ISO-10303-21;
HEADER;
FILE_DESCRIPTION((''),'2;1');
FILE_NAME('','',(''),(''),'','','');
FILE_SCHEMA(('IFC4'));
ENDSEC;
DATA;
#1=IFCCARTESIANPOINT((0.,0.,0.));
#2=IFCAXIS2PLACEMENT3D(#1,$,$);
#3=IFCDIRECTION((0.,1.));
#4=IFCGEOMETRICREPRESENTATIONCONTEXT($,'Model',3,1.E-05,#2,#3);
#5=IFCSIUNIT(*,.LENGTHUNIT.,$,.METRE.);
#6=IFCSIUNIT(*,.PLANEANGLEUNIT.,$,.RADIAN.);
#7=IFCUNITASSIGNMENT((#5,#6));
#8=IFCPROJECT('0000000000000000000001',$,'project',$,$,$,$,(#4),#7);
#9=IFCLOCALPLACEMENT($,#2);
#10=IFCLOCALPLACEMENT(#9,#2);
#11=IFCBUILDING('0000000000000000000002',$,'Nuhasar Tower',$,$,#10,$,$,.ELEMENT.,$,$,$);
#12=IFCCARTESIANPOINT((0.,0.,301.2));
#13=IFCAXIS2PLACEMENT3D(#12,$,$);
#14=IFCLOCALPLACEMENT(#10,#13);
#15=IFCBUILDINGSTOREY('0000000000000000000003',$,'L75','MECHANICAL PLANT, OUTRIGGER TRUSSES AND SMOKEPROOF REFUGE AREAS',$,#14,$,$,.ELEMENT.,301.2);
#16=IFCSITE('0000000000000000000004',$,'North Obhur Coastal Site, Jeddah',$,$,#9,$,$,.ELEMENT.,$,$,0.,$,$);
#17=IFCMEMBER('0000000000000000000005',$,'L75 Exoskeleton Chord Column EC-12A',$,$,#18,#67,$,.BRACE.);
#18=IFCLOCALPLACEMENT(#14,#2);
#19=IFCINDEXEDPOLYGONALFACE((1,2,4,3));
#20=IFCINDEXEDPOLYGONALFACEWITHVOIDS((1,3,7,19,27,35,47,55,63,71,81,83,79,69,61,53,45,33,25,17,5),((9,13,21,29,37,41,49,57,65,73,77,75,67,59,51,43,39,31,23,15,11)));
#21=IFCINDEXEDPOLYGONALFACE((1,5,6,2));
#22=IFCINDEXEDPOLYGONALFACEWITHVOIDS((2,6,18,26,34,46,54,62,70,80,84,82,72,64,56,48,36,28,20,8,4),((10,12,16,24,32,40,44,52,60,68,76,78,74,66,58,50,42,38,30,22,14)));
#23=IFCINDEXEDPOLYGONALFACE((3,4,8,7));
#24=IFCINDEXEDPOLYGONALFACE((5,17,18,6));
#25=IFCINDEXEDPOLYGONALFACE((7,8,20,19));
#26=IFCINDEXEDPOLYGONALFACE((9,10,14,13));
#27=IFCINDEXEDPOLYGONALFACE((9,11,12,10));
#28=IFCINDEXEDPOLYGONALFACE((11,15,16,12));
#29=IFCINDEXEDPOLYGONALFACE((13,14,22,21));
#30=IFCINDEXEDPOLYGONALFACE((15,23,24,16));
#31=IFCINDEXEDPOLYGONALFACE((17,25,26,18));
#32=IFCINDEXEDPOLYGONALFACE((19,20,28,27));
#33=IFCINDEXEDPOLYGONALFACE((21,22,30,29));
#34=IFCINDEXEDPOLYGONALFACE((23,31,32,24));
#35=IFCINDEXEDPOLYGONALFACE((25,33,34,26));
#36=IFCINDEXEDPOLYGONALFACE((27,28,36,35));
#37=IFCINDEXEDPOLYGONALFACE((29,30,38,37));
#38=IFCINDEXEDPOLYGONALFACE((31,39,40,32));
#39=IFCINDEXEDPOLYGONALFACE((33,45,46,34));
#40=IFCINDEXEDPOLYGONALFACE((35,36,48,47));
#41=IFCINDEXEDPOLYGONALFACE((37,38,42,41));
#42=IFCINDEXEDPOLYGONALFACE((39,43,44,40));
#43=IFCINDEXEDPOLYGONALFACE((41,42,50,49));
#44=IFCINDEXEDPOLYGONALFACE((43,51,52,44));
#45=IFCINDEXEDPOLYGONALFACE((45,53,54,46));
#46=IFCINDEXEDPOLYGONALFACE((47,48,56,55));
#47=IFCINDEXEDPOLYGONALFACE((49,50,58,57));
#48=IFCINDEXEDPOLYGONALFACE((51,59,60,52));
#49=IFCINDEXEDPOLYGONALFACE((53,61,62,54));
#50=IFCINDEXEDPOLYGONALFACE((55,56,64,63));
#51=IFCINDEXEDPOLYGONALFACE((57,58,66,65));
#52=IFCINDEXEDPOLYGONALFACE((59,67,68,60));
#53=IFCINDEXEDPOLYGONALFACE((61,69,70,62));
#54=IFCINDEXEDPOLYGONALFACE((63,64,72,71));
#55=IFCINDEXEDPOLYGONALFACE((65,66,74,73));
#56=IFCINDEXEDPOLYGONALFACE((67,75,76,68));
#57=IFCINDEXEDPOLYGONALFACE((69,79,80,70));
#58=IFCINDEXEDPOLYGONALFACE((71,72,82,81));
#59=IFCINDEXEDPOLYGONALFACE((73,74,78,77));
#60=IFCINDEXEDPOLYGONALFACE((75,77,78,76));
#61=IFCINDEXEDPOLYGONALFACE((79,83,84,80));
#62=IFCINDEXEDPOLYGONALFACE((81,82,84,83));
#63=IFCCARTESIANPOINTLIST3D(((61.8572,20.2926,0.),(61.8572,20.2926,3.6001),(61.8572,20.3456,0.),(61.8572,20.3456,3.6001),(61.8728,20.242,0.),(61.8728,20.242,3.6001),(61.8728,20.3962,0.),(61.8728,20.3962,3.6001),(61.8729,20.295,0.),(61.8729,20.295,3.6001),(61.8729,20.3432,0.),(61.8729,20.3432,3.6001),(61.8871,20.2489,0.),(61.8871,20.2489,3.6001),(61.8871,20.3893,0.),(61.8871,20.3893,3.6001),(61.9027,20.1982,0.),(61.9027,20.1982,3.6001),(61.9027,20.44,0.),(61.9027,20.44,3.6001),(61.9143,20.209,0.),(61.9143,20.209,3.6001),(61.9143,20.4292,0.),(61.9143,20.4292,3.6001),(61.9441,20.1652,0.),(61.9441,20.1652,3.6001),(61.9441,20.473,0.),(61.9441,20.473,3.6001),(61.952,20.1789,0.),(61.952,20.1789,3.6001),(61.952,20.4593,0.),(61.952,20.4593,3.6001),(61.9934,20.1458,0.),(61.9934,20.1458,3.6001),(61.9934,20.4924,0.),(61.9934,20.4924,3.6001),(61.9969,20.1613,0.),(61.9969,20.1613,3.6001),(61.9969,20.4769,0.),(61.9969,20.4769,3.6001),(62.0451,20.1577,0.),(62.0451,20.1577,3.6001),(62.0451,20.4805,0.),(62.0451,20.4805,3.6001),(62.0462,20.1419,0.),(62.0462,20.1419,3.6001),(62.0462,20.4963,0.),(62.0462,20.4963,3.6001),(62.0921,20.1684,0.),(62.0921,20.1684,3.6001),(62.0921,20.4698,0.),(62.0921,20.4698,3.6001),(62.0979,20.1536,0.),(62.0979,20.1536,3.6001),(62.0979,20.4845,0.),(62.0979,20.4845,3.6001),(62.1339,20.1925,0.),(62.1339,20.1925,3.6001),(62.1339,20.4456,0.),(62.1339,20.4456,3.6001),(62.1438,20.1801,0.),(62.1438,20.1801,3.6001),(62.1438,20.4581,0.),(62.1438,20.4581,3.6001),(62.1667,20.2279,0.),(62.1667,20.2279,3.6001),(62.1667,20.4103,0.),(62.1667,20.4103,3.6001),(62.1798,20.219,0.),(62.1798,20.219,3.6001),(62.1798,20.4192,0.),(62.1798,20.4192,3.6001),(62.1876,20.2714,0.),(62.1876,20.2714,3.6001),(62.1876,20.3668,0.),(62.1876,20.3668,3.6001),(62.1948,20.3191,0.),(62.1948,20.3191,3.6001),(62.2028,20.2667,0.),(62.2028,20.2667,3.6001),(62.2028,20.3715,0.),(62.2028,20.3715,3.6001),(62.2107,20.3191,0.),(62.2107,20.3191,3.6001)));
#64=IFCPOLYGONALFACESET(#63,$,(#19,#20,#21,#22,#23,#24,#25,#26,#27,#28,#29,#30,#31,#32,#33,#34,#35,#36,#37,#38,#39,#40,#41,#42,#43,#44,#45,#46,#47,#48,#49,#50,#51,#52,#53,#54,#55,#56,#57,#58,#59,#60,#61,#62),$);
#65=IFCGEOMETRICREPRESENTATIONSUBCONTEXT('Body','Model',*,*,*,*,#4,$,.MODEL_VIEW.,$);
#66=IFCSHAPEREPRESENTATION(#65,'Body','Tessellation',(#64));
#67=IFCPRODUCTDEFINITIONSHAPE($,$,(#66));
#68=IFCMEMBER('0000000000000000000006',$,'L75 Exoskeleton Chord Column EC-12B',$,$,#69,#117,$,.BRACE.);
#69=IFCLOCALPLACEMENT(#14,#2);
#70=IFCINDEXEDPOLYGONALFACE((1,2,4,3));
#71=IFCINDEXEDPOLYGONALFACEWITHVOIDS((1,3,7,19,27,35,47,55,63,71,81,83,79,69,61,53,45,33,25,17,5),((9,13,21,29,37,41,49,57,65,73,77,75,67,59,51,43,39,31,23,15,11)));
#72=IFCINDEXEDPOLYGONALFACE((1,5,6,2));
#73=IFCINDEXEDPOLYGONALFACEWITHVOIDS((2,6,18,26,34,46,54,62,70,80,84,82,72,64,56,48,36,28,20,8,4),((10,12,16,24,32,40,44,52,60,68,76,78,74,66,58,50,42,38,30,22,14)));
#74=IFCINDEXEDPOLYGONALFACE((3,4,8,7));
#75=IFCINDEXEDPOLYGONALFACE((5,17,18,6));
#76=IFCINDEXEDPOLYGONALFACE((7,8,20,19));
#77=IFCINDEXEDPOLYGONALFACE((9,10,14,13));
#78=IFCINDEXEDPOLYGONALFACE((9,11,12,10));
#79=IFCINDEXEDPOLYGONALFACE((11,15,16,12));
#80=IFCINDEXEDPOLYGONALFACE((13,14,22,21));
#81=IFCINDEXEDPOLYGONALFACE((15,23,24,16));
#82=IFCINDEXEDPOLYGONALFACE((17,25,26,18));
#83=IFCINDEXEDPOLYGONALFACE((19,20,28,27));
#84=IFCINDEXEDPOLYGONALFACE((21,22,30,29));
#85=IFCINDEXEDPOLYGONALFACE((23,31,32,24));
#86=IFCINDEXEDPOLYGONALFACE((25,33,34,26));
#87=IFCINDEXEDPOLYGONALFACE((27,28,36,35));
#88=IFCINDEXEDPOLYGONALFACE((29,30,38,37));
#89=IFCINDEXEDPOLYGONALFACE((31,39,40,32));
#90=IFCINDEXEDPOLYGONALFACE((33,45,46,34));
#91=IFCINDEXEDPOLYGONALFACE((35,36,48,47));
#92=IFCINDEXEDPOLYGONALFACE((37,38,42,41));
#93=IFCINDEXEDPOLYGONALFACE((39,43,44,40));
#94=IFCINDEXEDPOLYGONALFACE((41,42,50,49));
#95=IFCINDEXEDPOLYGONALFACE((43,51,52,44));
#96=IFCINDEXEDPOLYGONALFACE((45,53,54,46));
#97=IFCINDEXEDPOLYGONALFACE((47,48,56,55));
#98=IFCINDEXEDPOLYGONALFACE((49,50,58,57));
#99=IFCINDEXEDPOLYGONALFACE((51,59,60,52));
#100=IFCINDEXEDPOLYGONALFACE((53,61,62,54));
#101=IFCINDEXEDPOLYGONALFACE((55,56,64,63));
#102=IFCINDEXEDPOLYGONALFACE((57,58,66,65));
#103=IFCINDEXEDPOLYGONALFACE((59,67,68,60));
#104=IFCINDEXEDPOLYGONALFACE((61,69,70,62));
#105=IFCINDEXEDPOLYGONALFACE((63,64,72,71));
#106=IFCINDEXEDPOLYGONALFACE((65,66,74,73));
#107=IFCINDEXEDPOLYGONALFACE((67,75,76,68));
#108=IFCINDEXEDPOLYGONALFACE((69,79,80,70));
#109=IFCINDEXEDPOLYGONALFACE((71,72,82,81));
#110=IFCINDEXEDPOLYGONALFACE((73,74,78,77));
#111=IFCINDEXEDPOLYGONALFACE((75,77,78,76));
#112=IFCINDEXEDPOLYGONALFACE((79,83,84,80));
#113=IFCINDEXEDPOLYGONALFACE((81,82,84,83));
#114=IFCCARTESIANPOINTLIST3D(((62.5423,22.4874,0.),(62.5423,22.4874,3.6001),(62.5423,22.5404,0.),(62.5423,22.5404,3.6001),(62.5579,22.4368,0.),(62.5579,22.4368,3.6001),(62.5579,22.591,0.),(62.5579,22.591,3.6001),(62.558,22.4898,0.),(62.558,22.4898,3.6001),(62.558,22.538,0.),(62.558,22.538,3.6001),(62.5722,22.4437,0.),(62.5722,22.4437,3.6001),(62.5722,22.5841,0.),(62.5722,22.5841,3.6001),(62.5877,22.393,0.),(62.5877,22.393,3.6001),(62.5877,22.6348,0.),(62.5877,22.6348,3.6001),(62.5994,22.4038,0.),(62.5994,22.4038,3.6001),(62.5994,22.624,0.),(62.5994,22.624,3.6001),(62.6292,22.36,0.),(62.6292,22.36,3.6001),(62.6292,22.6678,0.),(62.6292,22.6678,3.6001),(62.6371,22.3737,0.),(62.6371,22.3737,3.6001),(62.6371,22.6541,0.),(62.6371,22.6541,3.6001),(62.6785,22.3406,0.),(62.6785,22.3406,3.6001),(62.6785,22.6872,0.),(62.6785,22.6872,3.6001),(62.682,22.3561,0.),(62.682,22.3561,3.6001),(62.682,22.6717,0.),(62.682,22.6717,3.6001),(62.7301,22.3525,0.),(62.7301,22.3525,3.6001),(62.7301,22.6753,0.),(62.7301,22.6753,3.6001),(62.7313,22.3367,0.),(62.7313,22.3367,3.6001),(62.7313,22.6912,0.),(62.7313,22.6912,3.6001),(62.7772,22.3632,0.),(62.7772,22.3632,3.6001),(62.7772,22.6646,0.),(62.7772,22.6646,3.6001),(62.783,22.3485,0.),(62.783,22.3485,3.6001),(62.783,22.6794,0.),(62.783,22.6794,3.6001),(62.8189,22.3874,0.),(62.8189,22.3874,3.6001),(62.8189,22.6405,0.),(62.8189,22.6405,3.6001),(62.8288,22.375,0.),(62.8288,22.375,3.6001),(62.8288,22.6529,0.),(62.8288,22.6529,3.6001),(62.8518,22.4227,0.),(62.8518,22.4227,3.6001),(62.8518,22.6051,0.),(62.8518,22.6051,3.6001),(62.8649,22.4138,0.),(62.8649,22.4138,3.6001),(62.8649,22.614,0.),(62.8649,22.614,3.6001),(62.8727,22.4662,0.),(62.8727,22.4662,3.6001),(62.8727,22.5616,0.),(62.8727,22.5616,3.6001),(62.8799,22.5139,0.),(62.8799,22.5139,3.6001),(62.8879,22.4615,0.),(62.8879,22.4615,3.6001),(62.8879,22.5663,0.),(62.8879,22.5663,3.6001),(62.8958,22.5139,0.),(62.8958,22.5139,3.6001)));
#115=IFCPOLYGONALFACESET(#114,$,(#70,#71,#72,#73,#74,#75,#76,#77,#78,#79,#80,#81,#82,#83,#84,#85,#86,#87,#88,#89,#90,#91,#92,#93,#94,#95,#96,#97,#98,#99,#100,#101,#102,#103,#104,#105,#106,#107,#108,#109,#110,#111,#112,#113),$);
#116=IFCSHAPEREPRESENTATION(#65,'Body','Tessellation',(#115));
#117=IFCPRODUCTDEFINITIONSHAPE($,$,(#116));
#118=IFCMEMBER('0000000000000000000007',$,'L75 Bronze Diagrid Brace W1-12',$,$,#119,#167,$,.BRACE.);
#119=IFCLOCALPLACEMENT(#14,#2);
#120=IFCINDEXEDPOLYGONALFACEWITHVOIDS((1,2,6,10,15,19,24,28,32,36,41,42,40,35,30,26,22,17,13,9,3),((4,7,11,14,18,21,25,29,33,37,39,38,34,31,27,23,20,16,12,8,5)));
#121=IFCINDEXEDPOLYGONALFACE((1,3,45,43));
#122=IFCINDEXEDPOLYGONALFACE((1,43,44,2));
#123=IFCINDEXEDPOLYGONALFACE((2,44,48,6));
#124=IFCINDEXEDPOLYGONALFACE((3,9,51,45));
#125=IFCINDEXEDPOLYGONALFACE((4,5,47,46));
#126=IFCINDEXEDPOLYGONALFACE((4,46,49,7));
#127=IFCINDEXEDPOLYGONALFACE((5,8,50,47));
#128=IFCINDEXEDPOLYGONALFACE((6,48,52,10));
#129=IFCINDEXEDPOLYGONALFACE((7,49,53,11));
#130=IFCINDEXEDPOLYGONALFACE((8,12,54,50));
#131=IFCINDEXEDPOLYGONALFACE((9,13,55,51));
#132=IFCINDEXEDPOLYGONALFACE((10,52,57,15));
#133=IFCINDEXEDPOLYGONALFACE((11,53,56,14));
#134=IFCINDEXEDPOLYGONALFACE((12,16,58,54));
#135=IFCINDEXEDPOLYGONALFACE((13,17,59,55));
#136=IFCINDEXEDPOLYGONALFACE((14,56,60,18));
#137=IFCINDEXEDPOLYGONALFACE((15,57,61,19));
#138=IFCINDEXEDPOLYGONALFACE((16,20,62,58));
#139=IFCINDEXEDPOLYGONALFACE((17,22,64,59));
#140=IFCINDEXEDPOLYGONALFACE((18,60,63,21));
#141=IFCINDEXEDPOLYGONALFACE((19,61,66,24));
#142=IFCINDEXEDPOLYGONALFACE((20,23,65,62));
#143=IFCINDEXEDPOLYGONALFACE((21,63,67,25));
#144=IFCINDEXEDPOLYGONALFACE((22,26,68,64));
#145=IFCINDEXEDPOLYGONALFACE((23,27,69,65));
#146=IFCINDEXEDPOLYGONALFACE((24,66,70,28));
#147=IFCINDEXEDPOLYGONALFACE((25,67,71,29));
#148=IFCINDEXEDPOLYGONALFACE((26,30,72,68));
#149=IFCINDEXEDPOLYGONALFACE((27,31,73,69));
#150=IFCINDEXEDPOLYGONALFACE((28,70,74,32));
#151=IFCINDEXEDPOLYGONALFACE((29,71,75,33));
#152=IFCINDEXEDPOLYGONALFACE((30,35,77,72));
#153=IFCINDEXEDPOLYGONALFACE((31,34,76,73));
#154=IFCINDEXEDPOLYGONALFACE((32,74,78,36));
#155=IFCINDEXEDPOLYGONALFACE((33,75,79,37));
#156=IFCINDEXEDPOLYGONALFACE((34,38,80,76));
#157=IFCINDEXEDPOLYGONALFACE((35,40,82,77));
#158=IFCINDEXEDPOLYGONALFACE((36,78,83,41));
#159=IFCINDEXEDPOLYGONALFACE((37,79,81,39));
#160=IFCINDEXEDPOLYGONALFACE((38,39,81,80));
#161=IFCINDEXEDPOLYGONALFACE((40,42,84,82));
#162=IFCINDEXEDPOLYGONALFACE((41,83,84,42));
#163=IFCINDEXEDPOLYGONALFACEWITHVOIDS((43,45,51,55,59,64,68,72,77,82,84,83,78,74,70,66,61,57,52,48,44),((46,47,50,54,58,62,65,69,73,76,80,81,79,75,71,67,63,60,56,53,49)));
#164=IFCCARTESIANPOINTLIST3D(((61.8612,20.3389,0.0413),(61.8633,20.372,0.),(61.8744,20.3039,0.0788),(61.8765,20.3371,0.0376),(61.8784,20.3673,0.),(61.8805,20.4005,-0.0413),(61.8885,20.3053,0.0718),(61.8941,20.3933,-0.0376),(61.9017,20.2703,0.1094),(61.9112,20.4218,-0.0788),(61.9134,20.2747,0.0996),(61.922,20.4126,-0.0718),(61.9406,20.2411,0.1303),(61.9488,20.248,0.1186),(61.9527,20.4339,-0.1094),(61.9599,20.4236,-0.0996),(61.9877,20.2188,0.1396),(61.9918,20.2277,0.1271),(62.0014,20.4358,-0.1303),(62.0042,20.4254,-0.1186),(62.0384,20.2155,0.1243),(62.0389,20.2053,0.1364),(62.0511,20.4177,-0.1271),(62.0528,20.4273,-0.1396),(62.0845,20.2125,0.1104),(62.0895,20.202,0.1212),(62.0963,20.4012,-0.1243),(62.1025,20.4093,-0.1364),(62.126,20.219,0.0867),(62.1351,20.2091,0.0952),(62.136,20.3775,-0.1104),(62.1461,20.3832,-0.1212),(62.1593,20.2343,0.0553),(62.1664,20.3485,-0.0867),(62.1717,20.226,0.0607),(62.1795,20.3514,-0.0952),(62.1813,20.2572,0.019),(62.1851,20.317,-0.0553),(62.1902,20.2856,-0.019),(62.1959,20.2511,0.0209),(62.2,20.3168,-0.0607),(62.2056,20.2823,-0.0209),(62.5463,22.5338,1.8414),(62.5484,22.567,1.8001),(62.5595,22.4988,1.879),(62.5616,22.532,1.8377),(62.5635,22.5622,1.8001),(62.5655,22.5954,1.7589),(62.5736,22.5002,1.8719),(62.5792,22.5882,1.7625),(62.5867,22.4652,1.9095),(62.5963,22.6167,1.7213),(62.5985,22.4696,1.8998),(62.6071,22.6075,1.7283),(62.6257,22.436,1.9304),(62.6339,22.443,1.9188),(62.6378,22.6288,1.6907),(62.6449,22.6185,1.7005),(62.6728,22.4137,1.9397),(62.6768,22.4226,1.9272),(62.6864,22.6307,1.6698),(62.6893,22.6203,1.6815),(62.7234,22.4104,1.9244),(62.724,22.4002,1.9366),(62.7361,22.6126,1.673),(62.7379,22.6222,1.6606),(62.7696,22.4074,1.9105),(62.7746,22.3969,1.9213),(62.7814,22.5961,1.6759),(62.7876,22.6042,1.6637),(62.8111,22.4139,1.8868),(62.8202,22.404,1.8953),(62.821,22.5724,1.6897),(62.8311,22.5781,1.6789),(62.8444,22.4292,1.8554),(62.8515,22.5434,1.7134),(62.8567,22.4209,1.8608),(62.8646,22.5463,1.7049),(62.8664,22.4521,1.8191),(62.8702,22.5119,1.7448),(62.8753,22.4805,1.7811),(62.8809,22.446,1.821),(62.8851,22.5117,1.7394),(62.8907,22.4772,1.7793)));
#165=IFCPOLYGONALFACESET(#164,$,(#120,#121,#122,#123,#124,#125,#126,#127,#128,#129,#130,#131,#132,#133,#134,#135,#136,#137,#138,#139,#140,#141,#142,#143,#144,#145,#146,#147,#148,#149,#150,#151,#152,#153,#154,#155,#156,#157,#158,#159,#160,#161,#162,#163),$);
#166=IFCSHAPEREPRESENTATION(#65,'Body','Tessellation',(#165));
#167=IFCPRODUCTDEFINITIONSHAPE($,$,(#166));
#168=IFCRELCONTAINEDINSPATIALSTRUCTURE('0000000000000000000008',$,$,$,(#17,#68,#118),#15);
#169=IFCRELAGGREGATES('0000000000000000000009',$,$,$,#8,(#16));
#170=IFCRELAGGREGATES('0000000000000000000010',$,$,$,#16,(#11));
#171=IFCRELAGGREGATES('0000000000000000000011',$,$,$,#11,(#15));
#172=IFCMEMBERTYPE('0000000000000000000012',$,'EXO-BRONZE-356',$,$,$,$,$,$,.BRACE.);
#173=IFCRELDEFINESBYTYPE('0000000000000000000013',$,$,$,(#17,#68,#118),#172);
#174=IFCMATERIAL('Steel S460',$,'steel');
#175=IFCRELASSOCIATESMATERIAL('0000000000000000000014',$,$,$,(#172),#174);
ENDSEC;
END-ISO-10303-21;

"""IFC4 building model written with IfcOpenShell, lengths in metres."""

from ifc_helpers import new_model, si_unit, direction, frame, origin, origin_2d, place, context, subcontext, project, spatial, hollow_circle, extrude, material, material_profile, profile_set, type_object, element, save


model = new_model("IFC4")

# Units and contexts
model_context = context("Model", 3, precision=1e-05, world=origin(), true_north=direction((0.0, 1.0)))
body_context = subcontext(model_context, "Body", "Model", "MODEL_VIEW")
ifc_project = project(units=[si_unit("LENGTHUNIT", "METRE"), si_unit("PLANEANGLEUNIT", "RADIAN")], contexts=[model_context])

# Site, building, storey
site_placement = place(None, origin())
site = spatial("IfcSite", under=ifc_project, at=site_placement, Name="North Obhur Coastal Site, Jeddah", CompositionType="ELEMENT", RefElevation=0.0)
building_placement = place(site_placement, origin())
building = spatial("IfcBuilding", under=site, at=building_placement, Name="Nuhasar Tower", CompositionType="ELEMENT")
storey_placement = place(building_placement, frame((0.0, 0.0, 301.2)))
storey = spatial("IfcBuildingStorey", under=building, at=storey_placement, Name="L75", Description="MECHANICAL PLANT, OUTRIGGER TRUSSES AND SMOKEPROOF REFUGE AREAS", CompositionType="ELEMENT", Elevation=301.2)

# Shared definitions
ifc_material_1 = material(Name="Steel S460", Category="steel")

# Members
ifc_material_profile_1 = material_profile(ifc_material_1, hollow_circle(Radius=0.1777, WallThickness=0.0159, at=origin_2d()), Name="HSS355.6X15.9")
ifc_profile_set_1 = profile_set([ifc_material_profile_1], Name="Steel S460")
member_type_1 = type_object("IfcMemberType", Name="EXO-BRONZE-356", PredefinedType="BRACE", material=ifc_profile_set_1)
for number, where, z_axis, x_axis, name in (
    (1, (62.033, 20.3191, 0.0), (0.0, 0.0, 1.0), (1.0, 0.0, 0.0), "L75 Exoskeleton Chord Column EC-12A"),
    (2, (62.718, 22.5139, 0.0), (0.0, 0.0, 1.0), (1.0, 0.0, 0.0), "L75 Exoskeleton Chord Column EC-12B"),
):
    element("IfcMember", number, at=place(storey_placement, frame(where, z_axis=z_axis, x_axis=x_axis)), inside=storey, type_object=member_type_1, Name=name, PredefinedType="BRACE", context=body_context, shape_type="SweptSolid", body=[
        extrude(hollow_circle(Radius=0.1777, WallThickness=0.0159, at=origin_2d()), origin(), (0.0, 0.0, 1.0), 3.6001),
    ])
for number, where, z_axis, x_axis, name in (
    (3, (62.033, 20.3191, 0.0), (0.234605, 0.751637, 0.616443), (-0.954582, 0.297948, 0.0), "L75 Bronze Diagrid Brace W1-12"),
):
    element("IfcMember", number, at=place(storey_placement, frame(where, z_axis=z_axis, x_axis=x_axis)), inside=storey, type_object=member_type_1, Name=name, PredefinedType="BRACE", context=body_context, shape_type="SweptSolid", body=[
        extrude(hollow_circle(Radius=0.1777, WallThickness=0.0159, at=origin_2d()), origin(), (0.0, 0.0, 1.0), 2.9202),
    ])

save(model, "model.ifc")
